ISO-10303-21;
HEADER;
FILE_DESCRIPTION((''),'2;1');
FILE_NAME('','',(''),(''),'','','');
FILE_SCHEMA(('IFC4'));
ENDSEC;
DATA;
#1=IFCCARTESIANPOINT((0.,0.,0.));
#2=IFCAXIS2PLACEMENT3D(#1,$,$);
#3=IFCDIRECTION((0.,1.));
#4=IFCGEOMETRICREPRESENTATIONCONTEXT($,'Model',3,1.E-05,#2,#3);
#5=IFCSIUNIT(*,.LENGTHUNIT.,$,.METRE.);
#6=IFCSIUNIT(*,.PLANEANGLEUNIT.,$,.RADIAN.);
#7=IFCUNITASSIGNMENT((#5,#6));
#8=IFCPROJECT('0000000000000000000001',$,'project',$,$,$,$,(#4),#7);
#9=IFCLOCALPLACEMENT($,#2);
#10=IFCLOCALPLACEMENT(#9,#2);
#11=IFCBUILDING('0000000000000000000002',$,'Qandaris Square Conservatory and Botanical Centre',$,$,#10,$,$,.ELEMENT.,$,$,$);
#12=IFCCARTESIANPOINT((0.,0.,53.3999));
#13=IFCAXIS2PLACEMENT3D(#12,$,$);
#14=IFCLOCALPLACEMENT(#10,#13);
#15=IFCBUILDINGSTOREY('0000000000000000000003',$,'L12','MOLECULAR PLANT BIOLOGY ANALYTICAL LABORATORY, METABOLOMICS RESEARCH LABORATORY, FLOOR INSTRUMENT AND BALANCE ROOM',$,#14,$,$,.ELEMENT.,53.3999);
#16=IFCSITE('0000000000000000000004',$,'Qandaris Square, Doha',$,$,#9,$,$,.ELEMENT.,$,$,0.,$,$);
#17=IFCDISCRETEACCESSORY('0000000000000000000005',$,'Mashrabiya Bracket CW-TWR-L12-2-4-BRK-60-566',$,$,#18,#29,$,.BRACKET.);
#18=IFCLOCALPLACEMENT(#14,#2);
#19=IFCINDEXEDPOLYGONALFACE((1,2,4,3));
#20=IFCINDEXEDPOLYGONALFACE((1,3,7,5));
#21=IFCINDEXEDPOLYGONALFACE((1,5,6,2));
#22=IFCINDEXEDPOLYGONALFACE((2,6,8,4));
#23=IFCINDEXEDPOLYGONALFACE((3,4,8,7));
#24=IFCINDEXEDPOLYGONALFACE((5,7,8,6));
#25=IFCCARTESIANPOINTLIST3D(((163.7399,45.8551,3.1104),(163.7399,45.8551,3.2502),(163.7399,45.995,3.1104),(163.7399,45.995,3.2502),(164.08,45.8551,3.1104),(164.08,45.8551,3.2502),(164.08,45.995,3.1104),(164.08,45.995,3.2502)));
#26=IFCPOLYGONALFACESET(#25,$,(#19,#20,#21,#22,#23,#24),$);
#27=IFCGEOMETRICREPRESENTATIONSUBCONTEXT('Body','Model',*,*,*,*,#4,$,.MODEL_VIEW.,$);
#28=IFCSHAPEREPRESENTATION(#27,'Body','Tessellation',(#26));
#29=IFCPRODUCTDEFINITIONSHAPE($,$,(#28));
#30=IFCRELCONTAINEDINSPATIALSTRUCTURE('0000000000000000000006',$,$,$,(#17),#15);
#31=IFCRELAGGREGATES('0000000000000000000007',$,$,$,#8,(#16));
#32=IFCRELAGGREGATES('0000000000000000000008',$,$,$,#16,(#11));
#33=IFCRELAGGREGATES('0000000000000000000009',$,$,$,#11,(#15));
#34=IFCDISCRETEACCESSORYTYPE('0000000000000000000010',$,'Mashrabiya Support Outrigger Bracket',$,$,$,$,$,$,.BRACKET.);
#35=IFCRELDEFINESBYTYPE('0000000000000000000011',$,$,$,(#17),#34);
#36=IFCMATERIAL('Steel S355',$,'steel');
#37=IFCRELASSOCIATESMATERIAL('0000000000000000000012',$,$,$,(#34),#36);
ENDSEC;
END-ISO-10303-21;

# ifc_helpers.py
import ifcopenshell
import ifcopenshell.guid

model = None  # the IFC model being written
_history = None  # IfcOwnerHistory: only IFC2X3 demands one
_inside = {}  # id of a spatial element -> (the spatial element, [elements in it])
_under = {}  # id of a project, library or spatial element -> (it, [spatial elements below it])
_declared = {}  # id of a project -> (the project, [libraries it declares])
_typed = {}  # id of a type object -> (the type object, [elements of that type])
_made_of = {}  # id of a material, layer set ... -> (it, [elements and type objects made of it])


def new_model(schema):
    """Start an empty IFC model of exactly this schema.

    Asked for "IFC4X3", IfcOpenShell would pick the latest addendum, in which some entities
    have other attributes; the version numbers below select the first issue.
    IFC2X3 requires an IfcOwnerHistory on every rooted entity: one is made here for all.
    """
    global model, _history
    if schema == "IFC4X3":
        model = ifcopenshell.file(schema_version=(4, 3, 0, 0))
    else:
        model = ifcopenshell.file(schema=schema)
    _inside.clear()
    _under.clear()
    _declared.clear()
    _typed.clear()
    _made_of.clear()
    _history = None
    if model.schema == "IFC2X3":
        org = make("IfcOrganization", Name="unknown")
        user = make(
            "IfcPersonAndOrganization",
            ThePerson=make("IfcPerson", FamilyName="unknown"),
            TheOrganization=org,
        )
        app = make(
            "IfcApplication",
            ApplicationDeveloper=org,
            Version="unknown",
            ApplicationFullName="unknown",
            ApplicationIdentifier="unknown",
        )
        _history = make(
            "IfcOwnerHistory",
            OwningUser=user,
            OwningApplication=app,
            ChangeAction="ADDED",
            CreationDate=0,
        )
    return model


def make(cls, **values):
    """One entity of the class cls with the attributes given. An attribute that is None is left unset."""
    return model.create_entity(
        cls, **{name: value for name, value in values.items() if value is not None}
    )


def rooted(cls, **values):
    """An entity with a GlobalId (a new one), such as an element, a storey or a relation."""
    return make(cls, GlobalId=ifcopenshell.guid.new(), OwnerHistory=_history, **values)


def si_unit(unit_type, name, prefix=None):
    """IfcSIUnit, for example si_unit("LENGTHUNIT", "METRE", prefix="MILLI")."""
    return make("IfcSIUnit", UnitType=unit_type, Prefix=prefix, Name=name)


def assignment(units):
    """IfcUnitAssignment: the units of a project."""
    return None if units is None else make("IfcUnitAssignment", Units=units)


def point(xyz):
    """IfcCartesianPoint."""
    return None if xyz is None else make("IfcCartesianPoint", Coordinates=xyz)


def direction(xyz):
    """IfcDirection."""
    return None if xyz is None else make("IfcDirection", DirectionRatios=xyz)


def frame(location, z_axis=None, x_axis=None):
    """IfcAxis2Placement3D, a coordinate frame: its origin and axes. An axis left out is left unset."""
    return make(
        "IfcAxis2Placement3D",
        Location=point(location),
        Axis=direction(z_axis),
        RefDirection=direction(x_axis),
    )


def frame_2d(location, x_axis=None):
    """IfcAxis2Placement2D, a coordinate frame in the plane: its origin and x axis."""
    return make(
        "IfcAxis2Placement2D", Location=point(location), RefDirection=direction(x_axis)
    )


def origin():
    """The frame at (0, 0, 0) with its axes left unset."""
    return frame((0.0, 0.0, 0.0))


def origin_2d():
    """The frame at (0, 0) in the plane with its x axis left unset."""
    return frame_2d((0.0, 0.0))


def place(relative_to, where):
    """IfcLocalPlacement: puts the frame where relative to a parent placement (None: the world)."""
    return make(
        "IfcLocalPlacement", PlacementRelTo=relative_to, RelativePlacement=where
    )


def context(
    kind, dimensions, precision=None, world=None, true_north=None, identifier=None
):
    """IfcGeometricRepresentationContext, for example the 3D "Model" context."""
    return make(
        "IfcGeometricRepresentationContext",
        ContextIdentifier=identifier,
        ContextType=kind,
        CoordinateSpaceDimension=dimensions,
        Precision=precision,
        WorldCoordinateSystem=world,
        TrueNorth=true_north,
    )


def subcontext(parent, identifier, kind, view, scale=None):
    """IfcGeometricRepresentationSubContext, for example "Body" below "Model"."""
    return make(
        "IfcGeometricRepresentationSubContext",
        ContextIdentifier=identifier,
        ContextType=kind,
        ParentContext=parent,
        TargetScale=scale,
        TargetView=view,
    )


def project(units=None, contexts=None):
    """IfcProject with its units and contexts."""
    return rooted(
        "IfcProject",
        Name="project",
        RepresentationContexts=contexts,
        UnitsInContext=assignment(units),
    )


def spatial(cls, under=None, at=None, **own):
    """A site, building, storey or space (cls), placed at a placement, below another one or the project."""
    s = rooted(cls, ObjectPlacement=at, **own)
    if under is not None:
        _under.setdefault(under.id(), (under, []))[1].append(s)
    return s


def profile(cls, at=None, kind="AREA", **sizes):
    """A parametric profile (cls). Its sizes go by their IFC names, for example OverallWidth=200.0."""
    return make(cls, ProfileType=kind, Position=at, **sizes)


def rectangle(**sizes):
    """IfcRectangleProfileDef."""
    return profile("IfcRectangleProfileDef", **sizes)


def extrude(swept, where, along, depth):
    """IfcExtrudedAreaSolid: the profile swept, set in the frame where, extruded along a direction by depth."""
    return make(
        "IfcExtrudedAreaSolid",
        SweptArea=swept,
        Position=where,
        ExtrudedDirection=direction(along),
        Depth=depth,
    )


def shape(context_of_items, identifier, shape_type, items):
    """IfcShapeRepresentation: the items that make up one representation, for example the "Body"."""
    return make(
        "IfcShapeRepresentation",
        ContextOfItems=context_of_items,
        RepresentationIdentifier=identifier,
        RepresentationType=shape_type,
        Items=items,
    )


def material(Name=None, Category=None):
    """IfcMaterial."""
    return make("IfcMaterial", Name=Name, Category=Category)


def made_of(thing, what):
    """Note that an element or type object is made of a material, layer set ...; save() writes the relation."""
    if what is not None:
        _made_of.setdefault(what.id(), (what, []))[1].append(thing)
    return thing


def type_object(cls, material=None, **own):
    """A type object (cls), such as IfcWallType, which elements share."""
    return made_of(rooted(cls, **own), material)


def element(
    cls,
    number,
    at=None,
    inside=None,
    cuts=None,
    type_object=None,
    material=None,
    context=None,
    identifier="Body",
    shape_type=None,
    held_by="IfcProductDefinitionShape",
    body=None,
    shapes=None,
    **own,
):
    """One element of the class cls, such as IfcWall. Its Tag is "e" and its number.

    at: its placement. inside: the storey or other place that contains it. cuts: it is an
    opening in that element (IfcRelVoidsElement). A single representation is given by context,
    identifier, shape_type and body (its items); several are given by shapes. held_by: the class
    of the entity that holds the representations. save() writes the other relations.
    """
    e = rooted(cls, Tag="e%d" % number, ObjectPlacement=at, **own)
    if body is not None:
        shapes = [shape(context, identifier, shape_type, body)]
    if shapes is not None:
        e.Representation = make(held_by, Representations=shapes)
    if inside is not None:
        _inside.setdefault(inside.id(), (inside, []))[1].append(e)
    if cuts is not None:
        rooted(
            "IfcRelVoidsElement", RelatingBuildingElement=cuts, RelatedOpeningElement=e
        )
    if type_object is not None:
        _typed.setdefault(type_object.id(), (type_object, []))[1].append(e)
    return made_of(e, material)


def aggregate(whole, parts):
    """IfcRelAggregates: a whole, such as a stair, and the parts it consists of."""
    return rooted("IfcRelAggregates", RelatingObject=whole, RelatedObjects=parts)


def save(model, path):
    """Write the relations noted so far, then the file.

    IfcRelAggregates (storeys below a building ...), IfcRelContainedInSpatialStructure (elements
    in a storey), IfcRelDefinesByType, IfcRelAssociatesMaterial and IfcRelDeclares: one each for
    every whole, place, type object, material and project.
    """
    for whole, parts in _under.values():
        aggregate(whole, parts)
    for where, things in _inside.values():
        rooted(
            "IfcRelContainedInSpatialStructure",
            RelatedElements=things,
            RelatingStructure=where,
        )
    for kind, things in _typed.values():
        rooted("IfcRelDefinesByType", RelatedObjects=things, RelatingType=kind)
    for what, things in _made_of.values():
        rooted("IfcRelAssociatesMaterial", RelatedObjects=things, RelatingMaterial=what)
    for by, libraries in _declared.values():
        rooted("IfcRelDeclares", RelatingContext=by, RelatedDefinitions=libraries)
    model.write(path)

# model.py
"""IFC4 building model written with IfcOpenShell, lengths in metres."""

from ifc_helpers import new_model, si_unit, direction, frame, origin, origin_2d, place, context, subcontext, project, spatial, rectangle, extrude, material, type_object, element, save


model = new_model("IFC4")

# Units and contexts
model_context = context("Model", 3, precision=1e-05, world=origin(), true_north=direction((0.0, 1.0)))
body_context = subcontext(model_context, "Body", "Model", "MODEL_VIEW")
ifc_project = project(units=[si_unit("LENGTHUNIT", "METRE"), si_unit("PLANEANGLEUNIT", "RADIAN")], contexts=[model_context])

# Site, building, storey
site_placement = place(None, origin())
site = spatial("IfcSite", under=ifc_project, at=site_placement, Name="Qandaris Square, Doha", CompositionType="ELEMENT", RefElevation=0.0)
building_placement = place(site_placement, origin())
building = spatial("IfcBuilding", under=site, at=building_placement, Name="Qandaris Square Conservatory and Botanical Centre", CompositionType="ELEMENT")
storey_placement = place(building_placement, frame((0.0, 0.0, 53.3999)))
storey = spatial("IfcBuildingStorey", under=building, at=storey_placement, Name="L12", Description="MOLECULAR PLANT BIOLOGY ANALYTICAL LABORATORY, METABOLOMICS RESEARCH LABORATORY, FLOOR INSTRUMENT AND BALANCE ROOM", CompositionType="ELEMENT", Elevation=53.3999)

# Discrete accessory
ifc_material_1 = material(Name="Steel S355", Category="steel")
discrete_accessory_type = type_object("IfcDiscreteAccessoryType", Name="Mashrabiya Support Outrigger Bracket", PredefinedType="BRACKET", material=ifc_material_1)
for number, where, z_axis, x_axis, name in (
    (1, (163.9099, 45.925, 3.1104), (0.0, 0.0, 1.0), (0.0, 1.0, 0.0), "Mashrabiya Bracket CW-TWR-L12-2-4-BRK-60-566"),
):
    element("IfcDiscreteAccessory", number, at=place(storey_placement, frame(where, z_axis=z_axis, x_axis=x_axis)), inside=storey, type_object=discrete_accessory_type, Name=name, PredefinedType="BRACKET", context=body_context, shape_type="SweptSolid", body=[
        extrude(rectangle(XDim=0.1399, YDim=0.3401, at=origin_2d()), origin(), (0.0, 0.0, 1.0), 0.1399),
    ])

save(model, "model.ifc")
